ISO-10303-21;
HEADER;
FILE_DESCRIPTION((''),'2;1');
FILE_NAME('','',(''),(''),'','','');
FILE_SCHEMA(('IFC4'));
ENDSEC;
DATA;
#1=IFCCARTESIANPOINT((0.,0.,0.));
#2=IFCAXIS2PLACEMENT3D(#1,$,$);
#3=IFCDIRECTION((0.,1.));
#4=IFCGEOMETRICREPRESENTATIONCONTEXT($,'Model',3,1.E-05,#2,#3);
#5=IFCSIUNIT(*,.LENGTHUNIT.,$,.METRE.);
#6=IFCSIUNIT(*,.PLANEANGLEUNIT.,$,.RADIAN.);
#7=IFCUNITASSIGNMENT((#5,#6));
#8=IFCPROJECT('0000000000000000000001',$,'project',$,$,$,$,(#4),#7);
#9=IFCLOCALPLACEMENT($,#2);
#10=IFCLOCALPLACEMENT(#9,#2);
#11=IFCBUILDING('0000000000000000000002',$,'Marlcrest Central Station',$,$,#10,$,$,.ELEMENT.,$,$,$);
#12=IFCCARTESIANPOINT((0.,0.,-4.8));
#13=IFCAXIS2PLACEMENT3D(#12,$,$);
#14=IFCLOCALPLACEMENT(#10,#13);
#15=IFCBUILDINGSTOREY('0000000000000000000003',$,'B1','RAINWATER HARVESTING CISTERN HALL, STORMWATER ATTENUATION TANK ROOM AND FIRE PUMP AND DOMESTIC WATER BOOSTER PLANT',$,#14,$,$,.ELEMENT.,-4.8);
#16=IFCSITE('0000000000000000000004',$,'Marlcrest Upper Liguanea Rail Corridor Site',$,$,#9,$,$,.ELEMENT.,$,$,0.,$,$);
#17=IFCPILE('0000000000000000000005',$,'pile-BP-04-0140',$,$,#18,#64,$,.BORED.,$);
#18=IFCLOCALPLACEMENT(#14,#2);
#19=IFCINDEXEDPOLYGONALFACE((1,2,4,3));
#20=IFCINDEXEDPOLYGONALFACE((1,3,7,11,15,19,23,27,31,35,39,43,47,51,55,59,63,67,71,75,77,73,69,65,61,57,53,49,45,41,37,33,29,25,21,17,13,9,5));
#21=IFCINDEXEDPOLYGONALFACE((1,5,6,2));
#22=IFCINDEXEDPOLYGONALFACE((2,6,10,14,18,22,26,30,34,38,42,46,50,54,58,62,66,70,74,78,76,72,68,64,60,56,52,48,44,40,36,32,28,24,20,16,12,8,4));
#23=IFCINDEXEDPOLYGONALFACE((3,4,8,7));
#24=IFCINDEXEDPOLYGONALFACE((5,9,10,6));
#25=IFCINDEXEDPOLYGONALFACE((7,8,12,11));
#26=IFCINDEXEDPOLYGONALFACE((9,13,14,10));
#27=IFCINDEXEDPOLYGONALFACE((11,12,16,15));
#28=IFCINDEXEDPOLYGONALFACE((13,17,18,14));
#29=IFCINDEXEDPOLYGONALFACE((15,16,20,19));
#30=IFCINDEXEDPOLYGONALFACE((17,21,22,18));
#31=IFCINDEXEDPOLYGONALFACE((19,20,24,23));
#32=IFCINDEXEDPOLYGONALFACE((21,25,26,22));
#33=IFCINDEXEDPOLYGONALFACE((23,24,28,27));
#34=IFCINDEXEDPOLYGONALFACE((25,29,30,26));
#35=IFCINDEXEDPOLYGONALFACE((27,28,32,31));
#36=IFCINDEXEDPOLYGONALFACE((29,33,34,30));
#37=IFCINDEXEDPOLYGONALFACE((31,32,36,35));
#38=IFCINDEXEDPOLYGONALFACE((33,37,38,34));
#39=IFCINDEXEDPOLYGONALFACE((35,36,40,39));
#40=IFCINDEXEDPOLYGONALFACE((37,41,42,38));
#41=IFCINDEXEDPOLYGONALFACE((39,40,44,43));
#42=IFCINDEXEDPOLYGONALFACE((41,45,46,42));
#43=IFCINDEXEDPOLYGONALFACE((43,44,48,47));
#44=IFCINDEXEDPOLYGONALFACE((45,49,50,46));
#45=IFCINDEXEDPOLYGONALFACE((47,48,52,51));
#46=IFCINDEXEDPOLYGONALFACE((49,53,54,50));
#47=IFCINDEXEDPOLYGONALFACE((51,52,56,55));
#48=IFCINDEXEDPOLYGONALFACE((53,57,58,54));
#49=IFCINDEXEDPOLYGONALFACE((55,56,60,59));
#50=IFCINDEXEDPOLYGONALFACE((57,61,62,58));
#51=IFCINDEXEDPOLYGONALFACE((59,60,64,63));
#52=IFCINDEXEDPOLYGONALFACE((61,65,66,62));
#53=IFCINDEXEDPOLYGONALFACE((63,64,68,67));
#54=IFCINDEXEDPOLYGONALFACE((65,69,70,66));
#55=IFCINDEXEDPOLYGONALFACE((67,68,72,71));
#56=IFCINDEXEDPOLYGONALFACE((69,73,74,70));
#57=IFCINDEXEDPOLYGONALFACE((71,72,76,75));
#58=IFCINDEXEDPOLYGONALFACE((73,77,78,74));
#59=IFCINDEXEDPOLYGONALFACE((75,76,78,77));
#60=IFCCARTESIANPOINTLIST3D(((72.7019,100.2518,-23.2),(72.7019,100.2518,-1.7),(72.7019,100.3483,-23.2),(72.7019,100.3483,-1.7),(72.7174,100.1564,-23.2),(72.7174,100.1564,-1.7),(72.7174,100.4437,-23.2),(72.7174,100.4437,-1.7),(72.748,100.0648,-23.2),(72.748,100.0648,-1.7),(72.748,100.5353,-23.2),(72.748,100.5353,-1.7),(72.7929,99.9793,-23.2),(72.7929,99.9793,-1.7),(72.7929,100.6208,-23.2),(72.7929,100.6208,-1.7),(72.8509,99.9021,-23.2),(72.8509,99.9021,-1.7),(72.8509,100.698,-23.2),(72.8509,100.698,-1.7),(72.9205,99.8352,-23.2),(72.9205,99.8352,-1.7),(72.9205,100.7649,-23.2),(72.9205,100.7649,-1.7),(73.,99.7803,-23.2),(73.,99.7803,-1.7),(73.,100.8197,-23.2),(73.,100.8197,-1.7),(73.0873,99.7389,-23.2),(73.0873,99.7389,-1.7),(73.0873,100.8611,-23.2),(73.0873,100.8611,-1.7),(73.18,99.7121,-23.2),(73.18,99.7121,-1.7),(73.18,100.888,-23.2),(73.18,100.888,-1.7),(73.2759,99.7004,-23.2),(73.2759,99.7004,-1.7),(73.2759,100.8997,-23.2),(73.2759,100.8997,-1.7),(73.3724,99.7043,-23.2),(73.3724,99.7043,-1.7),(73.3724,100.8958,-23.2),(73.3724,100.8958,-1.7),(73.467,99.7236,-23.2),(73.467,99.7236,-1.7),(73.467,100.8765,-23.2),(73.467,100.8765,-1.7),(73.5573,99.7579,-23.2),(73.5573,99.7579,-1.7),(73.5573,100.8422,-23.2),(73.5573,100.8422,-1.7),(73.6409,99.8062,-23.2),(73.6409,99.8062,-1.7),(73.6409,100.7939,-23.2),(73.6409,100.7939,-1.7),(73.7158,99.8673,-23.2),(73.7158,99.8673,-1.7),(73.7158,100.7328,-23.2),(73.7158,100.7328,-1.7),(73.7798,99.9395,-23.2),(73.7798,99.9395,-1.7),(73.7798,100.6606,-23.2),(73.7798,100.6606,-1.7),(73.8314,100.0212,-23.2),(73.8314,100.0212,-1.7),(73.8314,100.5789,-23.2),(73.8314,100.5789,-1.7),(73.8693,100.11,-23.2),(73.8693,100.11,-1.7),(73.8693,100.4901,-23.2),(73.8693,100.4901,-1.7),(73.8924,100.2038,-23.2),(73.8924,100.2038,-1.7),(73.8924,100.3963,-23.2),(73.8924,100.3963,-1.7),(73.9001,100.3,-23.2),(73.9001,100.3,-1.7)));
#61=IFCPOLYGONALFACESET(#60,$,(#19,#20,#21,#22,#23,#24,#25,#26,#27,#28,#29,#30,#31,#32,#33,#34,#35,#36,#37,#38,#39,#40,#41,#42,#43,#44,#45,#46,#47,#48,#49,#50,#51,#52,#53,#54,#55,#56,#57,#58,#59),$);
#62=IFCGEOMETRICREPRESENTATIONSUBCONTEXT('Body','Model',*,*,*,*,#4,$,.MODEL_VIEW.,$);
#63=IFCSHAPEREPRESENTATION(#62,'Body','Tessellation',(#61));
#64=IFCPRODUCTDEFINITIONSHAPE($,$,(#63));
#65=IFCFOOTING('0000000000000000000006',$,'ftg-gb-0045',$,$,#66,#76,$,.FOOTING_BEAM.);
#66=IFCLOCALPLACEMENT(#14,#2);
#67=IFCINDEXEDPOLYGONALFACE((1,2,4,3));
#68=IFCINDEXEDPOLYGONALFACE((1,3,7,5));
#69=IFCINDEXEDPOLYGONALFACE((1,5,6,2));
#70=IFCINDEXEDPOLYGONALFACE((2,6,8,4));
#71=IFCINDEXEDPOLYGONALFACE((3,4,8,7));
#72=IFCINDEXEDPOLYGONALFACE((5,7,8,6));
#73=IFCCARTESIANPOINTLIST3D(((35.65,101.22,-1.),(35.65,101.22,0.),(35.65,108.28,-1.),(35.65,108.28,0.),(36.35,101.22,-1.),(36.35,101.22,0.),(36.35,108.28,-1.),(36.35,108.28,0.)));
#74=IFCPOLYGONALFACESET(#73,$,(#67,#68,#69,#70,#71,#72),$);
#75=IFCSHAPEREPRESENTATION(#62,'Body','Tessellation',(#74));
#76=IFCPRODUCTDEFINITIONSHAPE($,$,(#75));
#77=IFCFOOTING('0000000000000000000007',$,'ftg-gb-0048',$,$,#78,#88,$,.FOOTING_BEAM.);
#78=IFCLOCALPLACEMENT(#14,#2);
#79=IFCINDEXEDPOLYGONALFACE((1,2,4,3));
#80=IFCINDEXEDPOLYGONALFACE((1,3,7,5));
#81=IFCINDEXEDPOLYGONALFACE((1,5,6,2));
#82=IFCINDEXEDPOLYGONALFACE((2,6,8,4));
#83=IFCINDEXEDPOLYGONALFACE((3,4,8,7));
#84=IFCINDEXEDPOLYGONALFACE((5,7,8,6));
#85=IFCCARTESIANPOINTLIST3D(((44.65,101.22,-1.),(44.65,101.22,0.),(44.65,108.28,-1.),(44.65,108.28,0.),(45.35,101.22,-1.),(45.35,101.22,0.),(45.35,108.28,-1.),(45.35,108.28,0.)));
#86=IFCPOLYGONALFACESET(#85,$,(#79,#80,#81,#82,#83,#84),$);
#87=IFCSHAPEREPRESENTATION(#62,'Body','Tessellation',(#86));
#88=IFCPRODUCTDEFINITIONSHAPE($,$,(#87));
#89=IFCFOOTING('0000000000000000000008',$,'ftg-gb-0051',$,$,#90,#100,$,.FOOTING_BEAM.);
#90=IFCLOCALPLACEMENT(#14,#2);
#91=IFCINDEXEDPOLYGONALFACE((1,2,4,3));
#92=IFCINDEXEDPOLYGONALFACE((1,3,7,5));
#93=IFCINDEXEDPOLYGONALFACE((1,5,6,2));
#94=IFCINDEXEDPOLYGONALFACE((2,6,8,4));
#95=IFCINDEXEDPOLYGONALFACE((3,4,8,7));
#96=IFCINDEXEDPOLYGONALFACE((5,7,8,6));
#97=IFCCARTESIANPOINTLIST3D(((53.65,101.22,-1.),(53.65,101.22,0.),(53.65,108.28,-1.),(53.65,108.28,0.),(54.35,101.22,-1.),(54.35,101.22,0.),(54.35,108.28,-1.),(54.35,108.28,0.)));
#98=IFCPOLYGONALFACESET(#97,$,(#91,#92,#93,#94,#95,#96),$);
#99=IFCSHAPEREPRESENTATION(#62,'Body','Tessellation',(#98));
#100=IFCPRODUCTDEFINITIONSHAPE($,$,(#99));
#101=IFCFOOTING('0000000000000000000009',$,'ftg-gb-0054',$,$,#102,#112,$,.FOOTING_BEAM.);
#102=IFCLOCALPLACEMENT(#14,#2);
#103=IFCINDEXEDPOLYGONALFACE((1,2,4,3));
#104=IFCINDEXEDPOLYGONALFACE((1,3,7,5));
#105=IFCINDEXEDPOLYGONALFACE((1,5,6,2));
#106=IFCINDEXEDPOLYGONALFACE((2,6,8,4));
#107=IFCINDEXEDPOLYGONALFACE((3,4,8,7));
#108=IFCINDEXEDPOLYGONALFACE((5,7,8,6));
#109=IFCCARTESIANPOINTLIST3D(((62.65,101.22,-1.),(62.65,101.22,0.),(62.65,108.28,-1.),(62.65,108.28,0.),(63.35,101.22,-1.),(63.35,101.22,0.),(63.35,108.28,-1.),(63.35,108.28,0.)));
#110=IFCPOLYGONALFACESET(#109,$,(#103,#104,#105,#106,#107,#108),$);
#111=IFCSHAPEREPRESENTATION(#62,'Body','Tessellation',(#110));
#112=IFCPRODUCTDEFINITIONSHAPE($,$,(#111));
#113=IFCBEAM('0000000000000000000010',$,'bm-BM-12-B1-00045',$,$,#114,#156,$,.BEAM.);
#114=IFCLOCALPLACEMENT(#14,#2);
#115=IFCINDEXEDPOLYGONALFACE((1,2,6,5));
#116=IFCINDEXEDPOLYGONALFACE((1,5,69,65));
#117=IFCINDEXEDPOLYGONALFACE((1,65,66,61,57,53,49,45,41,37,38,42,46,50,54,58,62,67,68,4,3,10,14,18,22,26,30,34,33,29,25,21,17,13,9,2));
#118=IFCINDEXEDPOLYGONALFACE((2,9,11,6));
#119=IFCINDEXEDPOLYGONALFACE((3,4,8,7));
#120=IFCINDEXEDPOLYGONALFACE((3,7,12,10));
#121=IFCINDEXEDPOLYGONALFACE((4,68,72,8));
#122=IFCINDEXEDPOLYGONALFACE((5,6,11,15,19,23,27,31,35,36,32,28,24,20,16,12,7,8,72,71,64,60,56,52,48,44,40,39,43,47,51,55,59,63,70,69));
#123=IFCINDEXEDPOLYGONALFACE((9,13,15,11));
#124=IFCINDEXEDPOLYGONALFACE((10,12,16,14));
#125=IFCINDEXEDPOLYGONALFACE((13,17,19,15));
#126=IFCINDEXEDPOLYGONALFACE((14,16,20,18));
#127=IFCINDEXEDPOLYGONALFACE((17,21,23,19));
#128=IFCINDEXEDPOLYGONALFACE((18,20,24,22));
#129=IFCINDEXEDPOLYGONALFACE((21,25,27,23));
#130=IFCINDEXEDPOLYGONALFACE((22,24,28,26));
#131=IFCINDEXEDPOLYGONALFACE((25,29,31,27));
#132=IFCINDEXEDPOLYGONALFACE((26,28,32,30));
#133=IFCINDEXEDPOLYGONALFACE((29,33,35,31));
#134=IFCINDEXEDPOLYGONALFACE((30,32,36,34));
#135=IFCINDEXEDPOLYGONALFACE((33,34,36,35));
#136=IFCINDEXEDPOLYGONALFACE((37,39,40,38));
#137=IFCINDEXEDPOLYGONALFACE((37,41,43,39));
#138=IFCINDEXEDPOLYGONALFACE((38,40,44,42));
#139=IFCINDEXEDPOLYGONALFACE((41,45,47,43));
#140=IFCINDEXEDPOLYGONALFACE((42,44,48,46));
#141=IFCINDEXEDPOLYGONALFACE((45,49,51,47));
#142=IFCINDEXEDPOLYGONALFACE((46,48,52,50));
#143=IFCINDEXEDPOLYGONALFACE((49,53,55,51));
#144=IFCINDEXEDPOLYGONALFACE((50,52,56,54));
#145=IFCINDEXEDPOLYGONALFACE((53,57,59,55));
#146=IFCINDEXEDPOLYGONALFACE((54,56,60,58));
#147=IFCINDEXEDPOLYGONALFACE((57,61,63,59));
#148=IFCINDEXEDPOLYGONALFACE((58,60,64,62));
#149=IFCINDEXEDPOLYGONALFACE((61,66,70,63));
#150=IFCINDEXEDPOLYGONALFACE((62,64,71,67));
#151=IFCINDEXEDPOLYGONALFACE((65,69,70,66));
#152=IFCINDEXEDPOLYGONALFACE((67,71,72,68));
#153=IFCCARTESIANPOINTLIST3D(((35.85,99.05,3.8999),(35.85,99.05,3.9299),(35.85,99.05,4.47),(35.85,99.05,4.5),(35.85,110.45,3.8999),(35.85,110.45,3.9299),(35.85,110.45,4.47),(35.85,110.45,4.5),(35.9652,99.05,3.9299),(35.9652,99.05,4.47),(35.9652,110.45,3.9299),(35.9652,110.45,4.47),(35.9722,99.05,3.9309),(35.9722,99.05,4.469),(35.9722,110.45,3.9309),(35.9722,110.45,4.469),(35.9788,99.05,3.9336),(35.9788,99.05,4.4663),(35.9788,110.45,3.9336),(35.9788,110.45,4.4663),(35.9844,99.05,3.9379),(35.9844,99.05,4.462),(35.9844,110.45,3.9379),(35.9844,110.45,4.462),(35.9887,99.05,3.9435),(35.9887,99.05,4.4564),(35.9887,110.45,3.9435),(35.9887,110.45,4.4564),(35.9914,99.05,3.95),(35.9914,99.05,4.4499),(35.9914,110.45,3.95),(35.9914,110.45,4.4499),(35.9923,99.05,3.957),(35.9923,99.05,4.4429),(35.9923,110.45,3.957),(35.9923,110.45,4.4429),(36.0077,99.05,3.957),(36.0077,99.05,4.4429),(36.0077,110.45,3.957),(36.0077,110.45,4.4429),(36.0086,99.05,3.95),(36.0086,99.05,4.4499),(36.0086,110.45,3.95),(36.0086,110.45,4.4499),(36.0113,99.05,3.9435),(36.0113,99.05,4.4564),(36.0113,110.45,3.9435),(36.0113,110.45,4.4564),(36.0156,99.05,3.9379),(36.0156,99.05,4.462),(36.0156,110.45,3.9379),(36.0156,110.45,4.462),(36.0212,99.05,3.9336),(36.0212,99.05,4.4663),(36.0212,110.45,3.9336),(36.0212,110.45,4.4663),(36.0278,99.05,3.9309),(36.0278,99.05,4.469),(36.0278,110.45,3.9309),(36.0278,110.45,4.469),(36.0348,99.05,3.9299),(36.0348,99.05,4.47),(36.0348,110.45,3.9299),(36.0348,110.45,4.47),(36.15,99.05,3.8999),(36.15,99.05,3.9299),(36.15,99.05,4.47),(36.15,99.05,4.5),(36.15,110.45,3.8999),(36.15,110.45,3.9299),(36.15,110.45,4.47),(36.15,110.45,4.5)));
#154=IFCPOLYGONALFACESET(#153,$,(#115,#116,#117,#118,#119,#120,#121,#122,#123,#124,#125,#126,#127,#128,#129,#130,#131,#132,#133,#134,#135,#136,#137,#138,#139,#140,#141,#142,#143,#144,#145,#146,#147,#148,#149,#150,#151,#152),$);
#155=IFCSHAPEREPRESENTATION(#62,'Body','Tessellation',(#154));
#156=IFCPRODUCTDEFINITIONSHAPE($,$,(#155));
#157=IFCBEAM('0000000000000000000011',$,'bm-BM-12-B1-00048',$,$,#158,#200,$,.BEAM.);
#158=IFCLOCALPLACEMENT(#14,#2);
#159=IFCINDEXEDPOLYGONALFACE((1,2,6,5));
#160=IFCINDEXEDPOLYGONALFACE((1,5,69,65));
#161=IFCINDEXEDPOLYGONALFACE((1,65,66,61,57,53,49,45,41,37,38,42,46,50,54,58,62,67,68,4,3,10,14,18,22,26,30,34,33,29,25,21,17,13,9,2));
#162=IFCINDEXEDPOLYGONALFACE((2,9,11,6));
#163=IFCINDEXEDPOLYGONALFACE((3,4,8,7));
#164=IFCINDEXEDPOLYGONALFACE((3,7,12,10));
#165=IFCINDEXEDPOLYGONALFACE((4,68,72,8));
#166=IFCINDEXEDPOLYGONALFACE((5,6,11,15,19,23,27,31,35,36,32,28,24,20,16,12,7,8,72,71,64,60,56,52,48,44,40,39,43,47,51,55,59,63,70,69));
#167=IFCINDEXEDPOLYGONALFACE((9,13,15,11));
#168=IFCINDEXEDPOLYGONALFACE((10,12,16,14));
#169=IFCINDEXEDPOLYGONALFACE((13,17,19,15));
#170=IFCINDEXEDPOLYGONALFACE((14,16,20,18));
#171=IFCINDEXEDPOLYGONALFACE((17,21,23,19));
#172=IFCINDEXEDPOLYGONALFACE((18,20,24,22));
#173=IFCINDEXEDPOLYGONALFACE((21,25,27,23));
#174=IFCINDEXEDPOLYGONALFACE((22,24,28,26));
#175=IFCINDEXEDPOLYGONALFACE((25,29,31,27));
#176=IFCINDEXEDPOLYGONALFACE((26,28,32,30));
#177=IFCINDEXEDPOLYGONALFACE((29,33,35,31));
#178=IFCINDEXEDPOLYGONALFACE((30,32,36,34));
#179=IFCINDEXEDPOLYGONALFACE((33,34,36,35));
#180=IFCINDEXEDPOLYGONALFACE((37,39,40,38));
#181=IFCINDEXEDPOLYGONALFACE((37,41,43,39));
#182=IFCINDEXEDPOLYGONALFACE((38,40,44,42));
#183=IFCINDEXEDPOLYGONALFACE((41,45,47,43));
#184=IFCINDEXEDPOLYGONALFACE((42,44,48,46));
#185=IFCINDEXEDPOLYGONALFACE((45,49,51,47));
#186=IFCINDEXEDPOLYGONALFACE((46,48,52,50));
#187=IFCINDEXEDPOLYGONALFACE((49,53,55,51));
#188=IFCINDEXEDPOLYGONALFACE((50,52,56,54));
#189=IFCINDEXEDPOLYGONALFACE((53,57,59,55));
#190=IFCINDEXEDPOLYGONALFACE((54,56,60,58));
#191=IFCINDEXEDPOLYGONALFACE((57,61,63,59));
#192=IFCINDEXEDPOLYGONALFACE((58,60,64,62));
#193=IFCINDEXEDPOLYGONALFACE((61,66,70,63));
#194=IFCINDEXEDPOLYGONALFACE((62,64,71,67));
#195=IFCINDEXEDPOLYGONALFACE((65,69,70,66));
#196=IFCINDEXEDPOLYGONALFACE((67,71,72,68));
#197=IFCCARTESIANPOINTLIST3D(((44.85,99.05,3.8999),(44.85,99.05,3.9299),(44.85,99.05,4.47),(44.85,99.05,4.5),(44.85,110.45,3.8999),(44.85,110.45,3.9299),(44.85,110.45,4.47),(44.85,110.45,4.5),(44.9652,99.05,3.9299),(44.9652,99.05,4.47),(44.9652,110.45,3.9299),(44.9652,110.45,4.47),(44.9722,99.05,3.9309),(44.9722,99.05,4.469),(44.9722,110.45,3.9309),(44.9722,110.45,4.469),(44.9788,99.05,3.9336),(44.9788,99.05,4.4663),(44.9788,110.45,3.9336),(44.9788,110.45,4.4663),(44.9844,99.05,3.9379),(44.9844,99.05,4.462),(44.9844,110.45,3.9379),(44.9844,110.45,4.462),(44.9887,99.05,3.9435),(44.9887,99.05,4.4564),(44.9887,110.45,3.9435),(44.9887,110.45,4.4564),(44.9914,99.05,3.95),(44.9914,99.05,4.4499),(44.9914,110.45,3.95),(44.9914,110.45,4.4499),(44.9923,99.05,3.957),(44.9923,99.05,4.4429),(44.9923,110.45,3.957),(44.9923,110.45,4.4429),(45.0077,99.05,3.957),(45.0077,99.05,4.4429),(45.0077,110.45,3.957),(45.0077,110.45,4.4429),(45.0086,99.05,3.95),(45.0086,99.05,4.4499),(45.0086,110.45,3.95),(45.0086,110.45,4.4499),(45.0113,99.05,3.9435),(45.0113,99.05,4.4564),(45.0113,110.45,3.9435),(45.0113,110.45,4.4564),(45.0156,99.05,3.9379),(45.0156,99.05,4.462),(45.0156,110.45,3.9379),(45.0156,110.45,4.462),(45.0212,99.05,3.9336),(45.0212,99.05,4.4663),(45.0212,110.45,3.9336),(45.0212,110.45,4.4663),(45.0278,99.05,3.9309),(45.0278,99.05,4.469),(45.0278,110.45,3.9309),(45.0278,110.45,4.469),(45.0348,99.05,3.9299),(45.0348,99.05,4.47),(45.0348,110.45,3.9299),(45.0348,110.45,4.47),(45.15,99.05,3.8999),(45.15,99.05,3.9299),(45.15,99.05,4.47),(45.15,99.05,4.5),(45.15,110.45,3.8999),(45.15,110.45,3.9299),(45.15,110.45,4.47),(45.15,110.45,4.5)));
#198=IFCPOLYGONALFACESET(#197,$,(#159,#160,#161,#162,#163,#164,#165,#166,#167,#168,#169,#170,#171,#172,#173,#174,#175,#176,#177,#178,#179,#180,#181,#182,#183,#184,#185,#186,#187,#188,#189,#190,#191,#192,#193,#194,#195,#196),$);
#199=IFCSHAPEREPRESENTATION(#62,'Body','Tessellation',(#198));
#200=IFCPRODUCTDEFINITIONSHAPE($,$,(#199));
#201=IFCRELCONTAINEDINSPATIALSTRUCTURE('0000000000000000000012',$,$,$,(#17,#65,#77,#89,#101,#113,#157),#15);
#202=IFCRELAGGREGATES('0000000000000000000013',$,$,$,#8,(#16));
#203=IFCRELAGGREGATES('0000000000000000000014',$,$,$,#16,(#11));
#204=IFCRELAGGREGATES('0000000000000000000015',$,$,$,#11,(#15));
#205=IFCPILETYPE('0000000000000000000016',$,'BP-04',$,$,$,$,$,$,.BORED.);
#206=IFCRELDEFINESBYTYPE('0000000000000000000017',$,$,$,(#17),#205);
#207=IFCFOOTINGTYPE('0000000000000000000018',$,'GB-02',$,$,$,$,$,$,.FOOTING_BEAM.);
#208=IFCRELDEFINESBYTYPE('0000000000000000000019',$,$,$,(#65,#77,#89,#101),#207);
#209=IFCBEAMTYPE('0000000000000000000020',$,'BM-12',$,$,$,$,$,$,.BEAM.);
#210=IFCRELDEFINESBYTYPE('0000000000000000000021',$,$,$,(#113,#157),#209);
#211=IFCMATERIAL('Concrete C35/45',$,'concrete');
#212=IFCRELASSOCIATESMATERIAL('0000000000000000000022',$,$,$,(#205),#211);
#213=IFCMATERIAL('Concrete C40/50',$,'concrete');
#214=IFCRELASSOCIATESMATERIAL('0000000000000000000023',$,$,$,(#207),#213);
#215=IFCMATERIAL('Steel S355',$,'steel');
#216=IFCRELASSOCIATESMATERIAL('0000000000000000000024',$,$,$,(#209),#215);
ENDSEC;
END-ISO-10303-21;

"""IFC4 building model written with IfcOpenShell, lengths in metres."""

from ifc_helpers import new_model, si_unit, direction, frame, origin, origin_2d, place, context, subcontext, project, spatial, rectangle, circle, i_section, extrude, material, material_profile, profile_set, type_object, element, save


model = new_model("IFC4")

# Units and contexts
model_context = context("Model", 3, precision=1e-05, world=origin(), true_north=direction((0.0, 1.0)))
body_context = subcontext(model_context, "Body", "Model", "MODEL_VIEW")
ifc_project = project(units=[si_unit("LENGTHUNIT", "METRE"), si_unit("PLANEANGLEUNIT", "RADIAN")], contexts=[model_context])

# Site, building, storey
site_placement = place(None, origin())
site = spatial("IfcSite", under=ifc_project, at=site_placement, Name="Marlcrest Upper Liguanea Rail Corridor Site", CompositionType="ELEMENT", RefElevation=0.0)
building_placement = place(site_placement, origin())
building = spatial("IfcBuilding", under=site, at=building_placement, Name="Marlcrest Central Station", CompositionType="ELEMENT")
storey_placement = place(building_placement, frame((0.0, 0.0, -4.8)))
storey = spatial("IfcBuildingStorey", under=building, at=storey_placement, Name="B1", Description="RAINWATER HARVESTING CISTERN HALL, STORMWATER ATTENUATION TANK ROOM AND FIRE PUMP AND DOMESTIC WATER BOOSTER PLANT", CompositionType="ELEMENT", Elevation=-4.8)

# Pile
ifc_material_1 = material(Name="Concrete C35/45", Category="concrete")
ifc_material_profile_1 = material_profile(ifc_material_1, circle(Radius=0.6001, at=origin_2d()), Name="PILE D1200")
ifc_profile_set_1 = profile_set([ifc_material_profile_1], Name="Concrete C35/45")
pile_type = type_object("IfcPileType", Name="BP-04", PredefinedType="BORED", material=ifc_profile_set_1)
for number, where, z_axis, x_axis, name in (
    (1, (73.3, 100.3, -1.7), (0.0, 0.0, -1.0), (1.0, 0.0, 0.0), "pile-BP-04-0140"),
):
    element("IfcPile", number, at=place(storey_placement, frame(where, z_axis=z_axis, x_axis=x_axis)), inside=storey, type_object=pile_type, Name=name, PredefinedType="BORED", context=body_context, shape_type="SweptSolid", body=[
        extrude(circle(Radius=0.6001, at=origin_2d()), origin(), (0.0, 0.0, 1.0), 21.5),
    ])

# Footings
ifc_material_2 = material(Name="Concrete C40/50", Category="concrete")
footing_type = type_object("IfcFootingType", Name="GB-02", PredefinedType="FOOTING_BEAM", material=ifc_material_2)
for number, where, z_axis, x_axis, name in (
    (2, (36.0, 104.75, -1.0), (0.0, 0.0, 1.0), (1.0, 0.0, 0.0), "ftg-gb-0045"),
    (3, (45.0, 104.75, -1.0), (0.0, 0.0, 1.0), (1.0, 0.0, 0.0), "ftg-gb-0048"),
    (4, (54.0, 104.75, -1.0), (0.0, 0.0, 1.0), (1.0, 0.0, 0.0), "ftg-gb-0051"),
    (5, (63.0, 104.75, -1.0), (0.0, 0.0, 1.0), (1.0, 0.0, 0.0), "ftg-gb-0054"),
):
    element("IfcFooting", number, at=place(storey_placement, frame(where, z_axis=z_axis, x_axis=x_axis)), inside=storey, type_object=footing_type, Name=name, PredefinedType="FOOTING_BEAM", context=body_context, shape_type="SweptSolid", body=[
        extrude(rectangle(XDim=0.7, YDim=7.0601, at=origin_2d()), origin(), (0.0, 0.0, 1.0), 1.0),
    ])

# Beams
ifc_material_3 = material(Name="Steel S355", Category="steel")
ifc_material_profile_2 = material_profile(ifc_material_3, i_section(OverallWidth=0.3, OverallDepth=0.6001, WebThickness=0.0154, FlangeThickness=0.03, FilletRadius=0.0271, at=origin_2d()), Name="HEB 600")
ifc_profile_set_2 = profile_set([ifc_material_profile_2], Name="Steel S355")
beam_type_1 = type_object("IfcBeamType", Name="BM-12", PredefinedType="BEAM", material=ifc_profile_set_2)
for number, where, z_axis, x_axis, name in (
    (6, (36.0, 99.05, 4.2), (0.0, 1.0, 0.0), (-1.0, 0.0, 0.0), "bm-BM-12-B1-00045"),
    (7, (45.0, 99.05, 4.2), (0.0, 1.0, 0.0), (-1.0, 0.0, 0.0), "bm-BM-12-B1-00048"),
):
    element("IfcBeam", number, at=place(storey_placement, frame(where, z_axis=z_axis, x_axis=x_axis)), inside=storey, type_object=beam_type_1, Name=name, PredefinedType="BEAM", context=body_context, shape_type="SweptSolid", body=[
        extrude(i_section(OverallWidth=0.3, OverallDepth=0.6001, WebThickness=0.0154, FlangeThickness=0.03, FilletRadius=0.0271, at=origin_2d()), origin(), (0.0, 0.0, 1.0), 11.3999),
    ])

save(model, "model.ifc")
